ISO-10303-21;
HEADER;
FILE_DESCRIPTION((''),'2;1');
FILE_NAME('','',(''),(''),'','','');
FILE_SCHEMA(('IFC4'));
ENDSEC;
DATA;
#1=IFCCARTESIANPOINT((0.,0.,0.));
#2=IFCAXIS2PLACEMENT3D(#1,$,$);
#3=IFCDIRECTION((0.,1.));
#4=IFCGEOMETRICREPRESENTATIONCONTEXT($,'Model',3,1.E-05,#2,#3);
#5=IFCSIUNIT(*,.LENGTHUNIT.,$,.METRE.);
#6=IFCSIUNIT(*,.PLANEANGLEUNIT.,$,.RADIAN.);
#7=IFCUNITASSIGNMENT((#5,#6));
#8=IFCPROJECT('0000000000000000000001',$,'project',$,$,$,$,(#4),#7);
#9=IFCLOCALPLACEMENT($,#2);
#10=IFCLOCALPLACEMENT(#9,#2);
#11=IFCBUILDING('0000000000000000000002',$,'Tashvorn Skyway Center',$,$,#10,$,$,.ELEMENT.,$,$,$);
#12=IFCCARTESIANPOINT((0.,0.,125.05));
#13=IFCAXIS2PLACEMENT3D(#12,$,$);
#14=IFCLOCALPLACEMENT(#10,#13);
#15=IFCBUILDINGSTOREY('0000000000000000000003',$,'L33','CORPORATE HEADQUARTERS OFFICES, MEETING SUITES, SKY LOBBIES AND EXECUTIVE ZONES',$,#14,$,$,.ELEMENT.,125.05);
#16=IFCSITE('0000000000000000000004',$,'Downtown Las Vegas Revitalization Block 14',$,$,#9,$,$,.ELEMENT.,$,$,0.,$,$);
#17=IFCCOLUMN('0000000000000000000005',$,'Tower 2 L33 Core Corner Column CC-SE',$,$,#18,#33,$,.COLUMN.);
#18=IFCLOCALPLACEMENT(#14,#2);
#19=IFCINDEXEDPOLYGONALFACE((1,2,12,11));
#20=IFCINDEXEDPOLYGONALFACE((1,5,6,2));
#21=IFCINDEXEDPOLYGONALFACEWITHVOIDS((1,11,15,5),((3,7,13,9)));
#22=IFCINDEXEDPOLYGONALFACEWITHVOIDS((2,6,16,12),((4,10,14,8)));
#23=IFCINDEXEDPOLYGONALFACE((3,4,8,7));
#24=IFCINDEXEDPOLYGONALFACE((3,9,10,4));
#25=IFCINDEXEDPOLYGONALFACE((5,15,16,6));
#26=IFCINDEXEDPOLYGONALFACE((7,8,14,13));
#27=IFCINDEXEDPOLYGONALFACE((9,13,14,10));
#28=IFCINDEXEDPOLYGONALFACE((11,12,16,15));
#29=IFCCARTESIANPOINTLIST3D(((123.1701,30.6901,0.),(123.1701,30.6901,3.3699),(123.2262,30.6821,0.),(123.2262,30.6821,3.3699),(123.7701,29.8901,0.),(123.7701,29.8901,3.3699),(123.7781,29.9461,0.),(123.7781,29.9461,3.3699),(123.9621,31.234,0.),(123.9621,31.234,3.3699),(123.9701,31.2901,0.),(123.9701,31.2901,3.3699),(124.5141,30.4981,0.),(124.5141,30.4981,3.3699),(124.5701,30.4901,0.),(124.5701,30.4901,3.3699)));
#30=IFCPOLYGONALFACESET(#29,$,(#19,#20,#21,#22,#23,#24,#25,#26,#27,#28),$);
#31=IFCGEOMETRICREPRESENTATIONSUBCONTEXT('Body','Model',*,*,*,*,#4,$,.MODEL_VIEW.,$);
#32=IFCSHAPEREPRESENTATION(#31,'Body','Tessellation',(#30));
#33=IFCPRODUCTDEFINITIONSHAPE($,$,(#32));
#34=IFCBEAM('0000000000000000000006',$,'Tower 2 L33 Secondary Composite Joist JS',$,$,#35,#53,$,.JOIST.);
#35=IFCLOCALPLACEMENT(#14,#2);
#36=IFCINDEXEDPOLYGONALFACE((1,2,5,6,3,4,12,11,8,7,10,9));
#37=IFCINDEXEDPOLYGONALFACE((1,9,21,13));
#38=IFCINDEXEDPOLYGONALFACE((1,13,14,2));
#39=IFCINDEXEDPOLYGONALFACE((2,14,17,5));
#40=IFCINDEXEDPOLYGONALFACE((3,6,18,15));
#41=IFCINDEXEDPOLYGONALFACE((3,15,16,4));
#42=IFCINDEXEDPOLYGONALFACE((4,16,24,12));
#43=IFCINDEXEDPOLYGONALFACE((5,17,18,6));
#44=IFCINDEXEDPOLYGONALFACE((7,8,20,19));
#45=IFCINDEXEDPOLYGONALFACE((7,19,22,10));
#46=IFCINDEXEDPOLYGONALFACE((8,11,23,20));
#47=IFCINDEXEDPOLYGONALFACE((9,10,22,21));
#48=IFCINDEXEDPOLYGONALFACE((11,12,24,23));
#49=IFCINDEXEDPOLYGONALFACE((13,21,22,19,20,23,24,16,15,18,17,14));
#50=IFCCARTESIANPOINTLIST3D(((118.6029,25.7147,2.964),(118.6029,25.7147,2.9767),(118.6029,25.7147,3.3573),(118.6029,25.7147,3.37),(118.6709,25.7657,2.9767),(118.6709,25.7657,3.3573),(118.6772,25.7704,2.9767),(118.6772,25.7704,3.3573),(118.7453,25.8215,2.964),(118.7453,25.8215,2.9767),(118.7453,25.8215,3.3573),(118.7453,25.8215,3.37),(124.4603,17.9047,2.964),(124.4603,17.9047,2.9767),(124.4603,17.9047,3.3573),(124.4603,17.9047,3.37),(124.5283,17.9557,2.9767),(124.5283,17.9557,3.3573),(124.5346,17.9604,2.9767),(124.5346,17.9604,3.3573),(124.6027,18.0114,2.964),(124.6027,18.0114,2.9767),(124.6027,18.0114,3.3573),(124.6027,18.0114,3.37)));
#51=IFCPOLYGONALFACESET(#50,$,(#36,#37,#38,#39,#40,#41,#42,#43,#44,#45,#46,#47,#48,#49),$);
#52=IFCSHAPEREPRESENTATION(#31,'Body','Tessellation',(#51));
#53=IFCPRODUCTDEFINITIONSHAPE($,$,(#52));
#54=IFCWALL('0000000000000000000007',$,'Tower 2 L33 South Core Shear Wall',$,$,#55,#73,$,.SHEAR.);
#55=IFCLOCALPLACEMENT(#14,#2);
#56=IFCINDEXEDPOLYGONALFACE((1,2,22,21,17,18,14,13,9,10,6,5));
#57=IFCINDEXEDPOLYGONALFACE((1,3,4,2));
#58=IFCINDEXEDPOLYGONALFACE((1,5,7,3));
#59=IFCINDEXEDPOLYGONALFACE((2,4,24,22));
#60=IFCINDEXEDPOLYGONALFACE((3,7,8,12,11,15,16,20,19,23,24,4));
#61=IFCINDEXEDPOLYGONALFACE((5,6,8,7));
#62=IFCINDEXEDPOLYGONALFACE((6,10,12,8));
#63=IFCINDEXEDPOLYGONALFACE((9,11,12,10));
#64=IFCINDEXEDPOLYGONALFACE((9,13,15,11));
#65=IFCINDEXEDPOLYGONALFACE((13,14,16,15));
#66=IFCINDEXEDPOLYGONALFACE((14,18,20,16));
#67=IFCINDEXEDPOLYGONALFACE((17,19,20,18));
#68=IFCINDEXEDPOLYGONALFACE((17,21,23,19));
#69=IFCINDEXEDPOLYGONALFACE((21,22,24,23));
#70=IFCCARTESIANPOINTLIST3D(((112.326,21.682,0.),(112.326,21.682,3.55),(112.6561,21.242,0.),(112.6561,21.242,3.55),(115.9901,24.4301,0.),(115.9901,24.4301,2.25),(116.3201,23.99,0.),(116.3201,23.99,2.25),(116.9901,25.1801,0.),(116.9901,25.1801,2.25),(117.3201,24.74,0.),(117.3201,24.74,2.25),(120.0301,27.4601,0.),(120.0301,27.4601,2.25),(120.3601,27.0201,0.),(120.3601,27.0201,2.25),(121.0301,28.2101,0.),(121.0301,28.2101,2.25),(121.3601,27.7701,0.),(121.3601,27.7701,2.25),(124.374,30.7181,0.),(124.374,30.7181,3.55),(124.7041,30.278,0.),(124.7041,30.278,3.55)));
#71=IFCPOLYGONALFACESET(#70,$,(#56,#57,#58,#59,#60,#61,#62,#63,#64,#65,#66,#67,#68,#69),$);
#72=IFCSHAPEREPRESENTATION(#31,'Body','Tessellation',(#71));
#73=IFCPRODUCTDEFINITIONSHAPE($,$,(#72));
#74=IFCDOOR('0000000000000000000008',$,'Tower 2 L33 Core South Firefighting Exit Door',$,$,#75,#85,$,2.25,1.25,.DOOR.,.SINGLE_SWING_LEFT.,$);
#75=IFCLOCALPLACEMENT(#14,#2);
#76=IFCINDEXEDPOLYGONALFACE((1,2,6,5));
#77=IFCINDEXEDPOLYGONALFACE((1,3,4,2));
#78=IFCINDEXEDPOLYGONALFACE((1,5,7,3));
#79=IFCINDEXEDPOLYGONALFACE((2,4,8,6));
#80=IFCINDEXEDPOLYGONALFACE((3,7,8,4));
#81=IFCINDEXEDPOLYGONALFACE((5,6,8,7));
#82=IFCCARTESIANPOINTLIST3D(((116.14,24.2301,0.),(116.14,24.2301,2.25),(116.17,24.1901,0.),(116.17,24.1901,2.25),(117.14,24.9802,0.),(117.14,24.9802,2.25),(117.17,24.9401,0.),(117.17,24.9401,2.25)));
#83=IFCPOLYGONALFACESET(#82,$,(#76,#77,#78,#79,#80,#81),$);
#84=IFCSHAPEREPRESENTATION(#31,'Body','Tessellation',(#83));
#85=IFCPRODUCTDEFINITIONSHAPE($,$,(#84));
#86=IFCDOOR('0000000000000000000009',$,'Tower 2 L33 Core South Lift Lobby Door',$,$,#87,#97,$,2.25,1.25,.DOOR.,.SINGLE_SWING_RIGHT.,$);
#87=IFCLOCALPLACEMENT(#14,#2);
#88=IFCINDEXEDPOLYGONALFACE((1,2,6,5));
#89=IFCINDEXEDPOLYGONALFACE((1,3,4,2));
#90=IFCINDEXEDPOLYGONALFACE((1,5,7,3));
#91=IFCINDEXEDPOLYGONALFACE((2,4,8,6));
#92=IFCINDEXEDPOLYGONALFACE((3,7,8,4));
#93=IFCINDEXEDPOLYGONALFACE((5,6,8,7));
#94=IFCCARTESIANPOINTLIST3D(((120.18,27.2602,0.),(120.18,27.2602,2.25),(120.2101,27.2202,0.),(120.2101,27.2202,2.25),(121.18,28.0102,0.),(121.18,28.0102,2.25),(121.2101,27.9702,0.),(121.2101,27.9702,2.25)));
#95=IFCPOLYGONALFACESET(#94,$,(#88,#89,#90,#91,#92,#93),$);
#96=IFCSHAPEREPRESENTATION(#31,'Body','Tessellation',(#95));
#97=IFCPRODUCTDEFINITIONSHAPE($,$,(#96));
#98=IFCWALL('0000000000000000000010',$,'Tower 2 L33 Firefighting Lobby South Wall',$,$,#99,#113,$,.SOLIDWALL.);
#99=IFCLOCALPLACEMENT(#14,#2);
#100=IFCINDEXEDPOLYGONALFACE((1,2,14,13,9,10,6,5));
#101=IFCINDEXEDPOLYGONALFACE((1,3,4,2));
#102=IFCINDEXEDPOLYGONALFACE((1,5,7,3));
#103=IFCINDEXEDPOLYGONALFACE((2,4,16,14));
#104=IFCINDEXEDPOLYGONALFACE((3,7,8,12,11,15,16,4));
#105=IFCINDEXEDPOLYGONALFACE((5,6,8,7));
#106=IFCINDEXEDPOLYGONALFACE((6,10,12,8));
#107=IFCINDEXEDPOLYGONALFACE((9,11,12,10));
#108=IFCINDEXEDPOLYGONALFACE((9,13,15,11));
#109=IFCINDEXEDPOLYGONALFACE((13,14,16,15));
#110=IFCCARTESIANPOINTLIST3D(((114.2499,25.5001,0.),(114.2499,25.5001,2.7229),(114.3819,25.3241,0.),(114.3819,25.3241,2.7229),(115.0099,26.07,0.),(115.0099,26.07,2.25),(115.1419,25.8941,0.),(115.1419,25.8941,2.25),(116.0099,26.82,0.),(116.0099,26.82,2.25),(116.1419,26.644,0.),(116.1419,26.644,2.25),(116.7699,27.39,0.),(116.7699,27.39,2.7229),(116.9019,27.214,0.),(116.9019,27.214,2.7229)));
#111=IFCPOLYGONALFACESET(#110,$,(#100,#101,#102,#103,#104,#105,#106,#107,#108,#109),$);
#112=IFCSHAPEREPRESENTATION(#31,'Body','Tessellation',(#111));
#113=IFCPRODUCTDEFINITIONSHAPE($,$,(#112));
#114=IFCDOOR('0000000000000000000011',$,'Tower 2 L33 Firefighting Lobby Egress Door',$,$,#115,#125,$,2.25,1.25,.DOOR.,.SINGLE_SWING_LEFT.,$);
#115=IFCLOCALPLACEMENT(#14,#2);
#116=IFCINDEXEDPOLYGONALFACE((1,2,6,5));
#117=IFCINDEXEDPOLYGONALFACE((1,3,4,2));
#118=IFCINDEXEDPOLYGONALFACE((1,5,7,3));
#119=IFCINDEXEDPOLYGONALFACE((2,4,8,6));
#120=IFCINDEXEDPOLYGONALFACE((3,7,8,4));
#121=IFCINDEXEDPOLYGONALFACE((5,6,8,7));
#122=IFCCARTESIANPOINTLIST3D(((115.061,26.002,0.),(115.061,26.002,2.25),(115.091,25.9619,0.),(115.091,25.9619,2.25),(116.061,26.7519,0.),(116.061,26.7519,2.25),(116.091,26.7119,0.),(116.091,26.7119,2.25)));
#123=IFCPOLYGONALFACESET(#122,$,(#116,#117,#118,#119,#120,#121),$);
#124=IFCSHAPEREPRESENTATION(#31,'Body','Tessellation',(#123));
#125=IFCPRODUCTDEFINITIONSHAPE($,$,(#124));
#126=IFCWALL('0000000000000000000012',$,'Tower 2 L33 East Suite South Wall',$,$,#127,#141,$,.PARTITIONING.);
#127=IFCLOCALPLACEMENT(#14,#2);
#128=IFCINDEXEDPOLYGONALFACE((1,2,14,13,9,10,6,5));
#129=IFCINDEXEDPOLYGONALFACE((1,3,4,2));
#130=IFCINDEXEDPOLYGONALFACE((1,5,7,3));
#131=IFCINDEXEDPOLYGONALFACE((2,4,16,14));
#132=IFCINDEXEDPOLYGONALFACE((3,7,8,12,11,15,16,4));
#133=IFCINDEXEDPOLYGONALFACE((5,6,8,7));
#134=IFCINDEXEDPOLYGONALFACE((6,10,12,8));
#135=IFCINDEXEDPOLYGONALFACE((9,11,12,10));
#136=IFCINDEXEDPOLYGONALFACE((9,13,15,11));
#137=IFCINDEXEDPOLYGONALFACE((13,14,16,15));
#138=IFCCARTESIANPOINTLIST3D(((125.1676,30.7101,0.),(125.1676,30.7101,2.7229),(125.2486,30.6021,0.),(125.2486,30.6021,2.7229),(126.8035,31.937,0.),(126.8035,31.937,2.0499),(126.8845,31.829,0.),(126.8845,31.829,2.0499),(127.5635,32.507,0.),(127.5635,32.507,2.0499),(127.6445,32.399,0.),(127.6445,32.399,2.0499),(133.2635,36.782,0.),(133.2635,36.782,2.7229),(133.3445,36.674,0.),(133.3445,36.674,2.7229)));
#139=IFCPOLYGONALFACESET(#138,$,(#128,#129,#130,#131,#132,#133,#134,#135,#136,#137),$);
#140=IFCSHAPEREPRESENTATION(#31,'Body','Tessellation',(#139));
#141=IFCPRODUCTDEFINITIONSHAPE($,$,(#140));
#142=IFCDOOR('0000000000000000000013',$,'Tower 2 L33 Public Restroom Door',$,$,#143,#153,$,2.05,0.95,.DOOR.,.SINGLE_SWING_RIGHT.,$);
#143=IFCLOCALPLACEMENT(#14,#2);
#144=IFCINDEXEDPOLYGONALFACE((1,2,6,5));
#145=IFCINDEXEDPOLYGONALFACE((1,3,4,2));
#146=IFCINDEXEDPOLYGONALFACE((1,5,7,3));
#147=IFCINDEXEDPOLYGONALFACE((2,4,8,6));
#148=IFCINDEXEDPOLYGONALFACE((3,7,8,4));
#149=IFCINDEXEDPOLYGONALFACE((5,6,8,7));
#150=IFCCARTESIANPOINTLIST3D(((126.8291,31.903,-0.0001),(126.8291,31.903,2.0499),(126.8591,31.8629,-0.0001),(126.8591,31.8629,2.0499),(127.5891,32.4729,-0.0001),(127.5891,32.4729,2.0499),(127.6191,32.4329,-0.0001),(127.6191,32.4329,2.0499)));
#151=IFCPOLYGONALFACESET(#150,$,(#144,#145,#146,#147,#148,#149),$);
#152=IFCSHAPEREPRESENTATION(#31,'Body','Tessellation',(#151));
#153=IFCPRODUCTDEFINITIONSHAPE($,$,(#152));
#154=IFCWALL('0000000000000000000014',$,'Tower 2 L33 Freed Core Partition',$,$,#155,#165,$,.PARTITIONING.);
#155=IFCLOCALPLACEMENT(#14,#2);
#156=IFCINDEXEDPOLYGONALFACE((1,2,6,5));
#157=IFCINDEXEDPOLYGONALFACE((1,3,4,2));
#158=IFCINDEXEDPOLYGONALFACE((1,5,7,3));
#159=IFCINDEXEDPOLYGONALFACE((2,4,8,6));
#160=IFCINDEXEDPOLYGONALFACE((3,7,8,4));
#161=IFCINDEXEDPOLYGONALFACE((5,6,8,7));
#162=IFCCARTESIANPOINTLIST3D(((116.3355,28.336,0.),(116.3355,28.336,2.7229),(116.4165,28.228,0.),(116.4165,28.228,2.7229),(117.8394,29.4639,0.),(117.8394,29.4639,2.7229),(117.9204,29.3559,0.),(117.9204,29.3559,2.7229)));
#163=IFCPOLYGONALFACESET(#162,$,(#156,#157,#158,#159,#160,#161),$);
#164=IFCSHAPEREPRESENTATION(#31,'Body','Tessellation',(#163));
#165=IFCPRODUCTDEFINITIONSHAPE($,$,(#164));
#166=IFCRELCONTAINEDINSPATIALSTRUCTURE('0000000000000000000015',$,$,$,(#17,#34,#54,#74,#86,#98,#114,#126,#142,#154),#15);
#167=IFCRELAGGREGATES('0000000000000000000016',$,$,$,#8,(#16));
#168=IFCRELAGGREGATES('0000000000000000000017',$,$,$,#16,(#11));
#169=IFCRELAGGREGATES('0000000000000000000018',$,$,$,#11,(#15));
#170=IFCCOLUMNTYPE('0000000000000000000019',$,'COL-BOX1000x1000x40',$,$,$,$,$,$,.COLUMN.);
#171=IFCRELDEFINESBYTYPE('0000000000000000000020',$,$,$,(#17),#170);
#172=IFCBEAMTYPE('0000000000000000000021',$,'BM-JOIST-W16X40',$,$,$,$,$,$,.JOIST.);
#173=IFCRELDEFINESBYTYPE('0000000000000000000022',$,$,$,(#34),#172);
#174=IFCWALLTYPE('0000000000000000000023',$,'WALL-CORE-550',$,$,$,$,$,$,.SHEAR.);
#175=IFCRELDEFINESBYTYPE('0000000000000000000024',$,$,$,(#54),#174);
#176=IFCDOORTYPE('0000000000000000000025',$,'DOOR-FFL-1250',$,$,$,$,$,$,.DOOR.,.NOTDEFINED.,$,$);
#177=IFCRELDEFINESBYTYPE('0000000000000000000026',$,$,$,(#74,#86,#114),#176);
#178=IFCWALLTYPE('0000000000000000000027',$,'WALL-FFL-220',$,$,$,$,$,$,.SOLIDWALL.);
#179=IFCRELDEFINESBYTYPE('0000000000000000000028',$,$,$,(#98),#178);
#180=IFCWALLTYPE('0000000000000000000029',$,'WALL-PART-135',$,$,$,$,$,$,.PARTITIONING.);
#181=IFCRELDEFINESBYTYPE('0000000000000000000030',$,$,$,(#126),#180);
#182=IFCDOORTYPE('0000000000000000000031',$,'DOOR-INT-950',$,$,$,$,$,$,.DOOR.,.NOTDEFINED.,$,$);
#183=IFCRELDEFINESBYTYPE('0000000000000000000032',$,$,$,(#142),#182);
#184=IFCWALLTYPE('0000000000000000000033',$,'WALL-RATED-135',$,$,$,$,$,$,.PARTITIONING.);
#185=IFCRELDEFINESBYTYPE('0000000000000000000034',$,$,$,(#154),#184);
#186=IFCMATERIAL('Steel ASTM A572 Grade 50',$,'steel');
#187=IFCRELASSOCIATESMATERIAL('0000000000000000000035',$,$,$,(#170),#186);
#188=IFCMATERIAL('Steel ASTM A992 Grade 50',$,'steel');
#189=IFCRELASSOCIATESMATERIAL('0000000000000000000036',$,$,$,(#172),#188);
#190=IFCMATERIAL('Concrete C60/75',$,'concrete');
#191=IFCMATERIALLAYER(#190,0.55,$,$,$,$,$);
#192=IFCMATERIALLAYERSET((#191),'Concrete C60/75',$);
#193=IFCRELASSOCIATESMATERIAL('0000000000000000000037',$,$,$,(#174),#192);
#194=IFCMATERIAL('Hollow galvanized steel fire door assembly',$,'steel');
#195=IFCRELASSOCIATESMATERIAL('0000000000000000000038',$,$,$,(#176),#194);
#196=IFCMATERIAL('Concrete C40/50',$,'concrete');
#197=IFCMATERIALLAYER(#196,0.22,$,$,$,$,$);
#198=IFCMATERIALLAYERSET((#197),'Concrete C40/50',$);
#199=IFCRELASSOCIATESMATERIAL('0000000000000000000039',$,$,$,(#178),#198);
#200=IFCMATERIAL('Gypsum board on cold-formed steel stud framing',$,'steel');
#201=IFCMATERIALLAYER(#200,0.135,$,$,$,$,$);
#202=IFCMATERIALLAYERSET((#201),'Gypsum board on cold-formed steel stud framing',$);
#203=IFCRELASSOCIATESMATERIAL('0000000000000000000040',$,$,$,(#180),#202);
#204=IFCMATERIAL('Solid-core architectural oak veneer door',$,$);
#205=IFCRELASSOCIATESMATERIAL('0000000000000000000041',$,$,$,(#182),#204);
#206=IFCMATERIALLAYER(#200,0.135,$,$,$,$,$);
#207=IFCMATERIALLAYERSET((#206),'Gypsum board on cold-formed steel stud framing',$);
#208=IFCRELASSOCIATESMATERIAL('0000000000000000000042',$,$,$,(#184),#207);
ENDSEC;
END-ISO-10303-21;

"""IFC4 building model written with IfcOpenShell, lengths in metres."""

from ifc_helpers import new_model, si_unit, direction, frame, frame_2d, origin, origin_2d, place, context, subcontext, project, spatial, rectangle, hollow_rectangle, i_section, extrude, material, layer, layer_set, material_profile, profile_set, type_object, element, fill, save


model = new_model("IFC4")

# Units and contexts
model_context = context("Model", 3, precision=1e-05, world=origin(), true_north=direction((0.0, 1.0)))
body_context = subcontext(model_context, "Body", "Model", "MODEL_VIEW")
ifc_project = project(units=[si_unit("LENGTHUNIT", "METRE"), si_unit("PLANEANGLEUNIT", "RADIAN")], contexts=[model_context])

# Site, building, storey
site_placement = place(None, origin())
site = spatial("IfcSite", under=ifc_project, at=site_placement, Name="Downtown Las Vegas Revitalization Block 14", CompositionType="ELEMENT", RefElevation=0.0)
building_placement = place(site_placement, origin())
building = spatial("IfcBuilding", under=site, at=building_placement, Name="Tashvorn Skyway Center", CompositionType="ELEMENT")
storey_placement = place(building_placement, frame((0.0, 0.0, 125.05)))
storey = spatial("IfcBuildingStorey", under=building, at=storey_placement, Name="L33", Description="CORPORATE HEADQUARTERS OFFICES, MEETING SUITES, SKY LOBBIES AND EXECUTIVE ZONES", CompositionType="ELEMENT", Elevation=125.05)

# Column
ifc_material_1 = material(Name="Steel ASTM A572 Grade 50", Category="steel")
ifc_material_profile_1 = material_profile(ifc_material_1, hollow_rectangle(XDim=1.0, YDim=1.0, WallThickness=0.04, at=origin_2d()), Name="BOX1000x1000x40")
ifc_profile_set_1 = profile_set([ifc_material_profile_1], Name="Steel ASTM A572 Grade 50")
column_type = type_object("IfcColumnType", Name="COL-BOX1000x1000x40", PredefinedType="COLUMN", material=ifc_profile_set_1)
column_placement = place(storey_placement, frame((123.8701, 30.5901, 0.0), z_axis=(0.0, 0.0, 1.0), x_axis=(0.8, 0.6, 0.0)))
element("IfcColumn", 1, at=column_placement, inside=storey, type_object=column_type, Name="Tower 2 L33 Core Corner Column CC-SE", PredefinedType="COLUMN", context=body_context, shape_type="SweptSolid", body=[
    extrude(hollow_rectangle(XDim=1.0, YDim=1.0, WallThickness=0.04, at=origin_2d()), origin(), (0.0, 0.0, 1.0), 3.3699),
])

# Beam
ifc_material_2 = material(Name="Steel ASTM A992 Grade 50", Category="steel")
ifc_material_profile_2 = material_profile(ifc_material_2, i_section(OverallWidth=0.178, OverallDepth=0.406, WebThickness=0.0078, FlangeThickness=0.0127, at=origin_2d()), Name="W16X40")
ifc_profile_set_2 = profile_set([ifc_material_profile_2], Name="Steel ASTM A992 Grade 50")
beam_type = type_object("IfcBeamType", Name="BM-JOIST-W16X40", PredefinedType="JOIST", material=ifc_profile_set_2)
beam_placement = place(storey_placement, frame((118.6741, 25.7681, 3.167), z_axis=(0.599992, -0.800006, 0.0), x_axis=(0.800006, 0.599992, 0.0)))
element("IfcBeam", 2, at=beam_placement, inside=storey, type_object=beam_type, Name="Tower 2 L33 Secondary Composite Joist JS", PredefinedType="JOIST", context=body_context, shape_type="SweptSolid", body=[
    extrude(i_section(OverallWidth=0.178, OverallDepth=0.406, WebThickness=0.0078, FlangeThickness=0.0127, at=origin_2d()), origin(), (0.0, 0.0, 1.0), 9.7625),
])

# Wall, openings, doors
ifc_material_3 = material(Name="Concrete C60/75", Category="concrete")
ifc_layer_1 = layer(ifc_material_3, 0.55)
ifc_layer_set_1 = layer_set([ifc_layer_1], Name="Concrete C60/75")
wall_type_1 = type_object("IfcWallType", Name="WALL-CORE-550", PredefinedType="SHEAR", material=ifc_layer_set_1)
wall_1_placement = place(storey_placement, frame((124.5391, 30.498, 0.0), z_axis=(0.0, 0.0, 1.0), x_axis=(-0.799998, -0.600003, 0.0)))
wall_1 = element("IfcWall", 3, at=wall_1_placement, inside=storey, type_object=wall_type_1, Name="Tower 2 L33 South Core Shear Wall", PredefinedType="SHEAR", context=body_context, shape_type="SweptSolid", body=[
    extrude(rectangle(XDim=15.0601, YDim=0.55, at=frame_2d((7.53, 0.0))), origin(), (0.0, 0.0, 1.0), 3.55),
])
opening_1_placement = place(wall_1_placement, frame((9.23, 0.0, 0.0)))
opening_1 = element("IfcOpeningElement", 4, at=opening_1_placement, cuts=wall_1, PredefinedType="OPENING", context=body_context, shape_type="SweptSolid", body=[
    extrude(rectangle(XDim=1.25, YDim=2.25, at=frame_2d((0.625, 1.125))), frame((0.0, 0.2849, 0.0), z_axis=(0.0, -1.0, 0.0), x_axis=(1.0, 0.0, 0.0)), (0.0, 0.0, 1.0), 0.5701),
])
opening_2_placement = place(wall_1_placement, frame((4.1799, 0.0, 0.0)))
opening_2 = element("IfcOpeningElement", 5, at=opening_2_placement, cuts=wall_1, PredefinedType="OPENING", context=body_context, shape_type="SweptSolid", body=[
    extrude(rectangle(XDim=1.25, YDim=2.25, at=frame_2d((0.625, 1.125))), frame((0.0, 0.2849, 0.0), z_axis=(0.0, -1.0, 0.0), x_axis=(1.0, 0.0, 0.0)), (0.0, 0.0, 1.0), 0.5701),
])
ifc_material_4 = material(Name="Hollow galvanized steel fire door assembly", Category="steel")
door_type_1 = type_object("IfcDoorType", Name="DOOR-FFL-1250", OperationType="NOTDEFINED", PredefinedType="DOOR", material=ifc_material_4)
door_1_placement = place(opening_1_placement, origin())
door_1 = element("IfcDoor", 6, at=door_1_placement, inside=storey, type_object=door_type_1, Name="Tower 2 L33 Core South Firefighting Exit Door", OperationType="SINGLE_SWING_LEFT", OverallHeight=2.25, OverallWidth=1.25, PredefinedType="DOOR", context=body_context, shape_type="SweptSolid", body=[
    extrude(rectangle(XDim=1.25, YDim=2.25, at=frame_2d((0.625, 1.125))), frame((0.0, 0.0249, 0.0), z_axis=(0.0, -1.0, 0.0), x_axis=(1.0, 0.0, 0.0)), (0.0, 0.0, 1.0), 0.05),
])
fill(opening_1, door_1)
door_2_placement = place(opening_2_placement, origin())
door_2 = element("IfcDoor", 7, at=door_2_placement, inside=storey, type_object=door_type_1, Name="Tower 2 L33 Core South Lift Lobby Door", OperationType="SINGLE_SWING_RIGHT", OverallHeight=2.25, OverallWidth=1.25, PredefinedType="DOOR", context=body_context, shape_type="SweptSolid", body=[
    extrude(rectangle(XDim=1.25, YDim=2.25, at=frame_2d((0.625, 1.125))), frame((0.0, 0.0249, 0.0), z_axis=(0.0, -1.0, 0.0), x_axis=(1.0, 0.0, 0.0)), (0.0, 0.0, 1.0), 0.05),
])
fill(opening_2, door_2)

# Walls, openings, doors
ifc_material_5 = material(Name="Concrete C40/50", Category="concrete")
ifc_layer_2 = layer(ifc_material_5, 0.22)
ifc_layer_set_2 = layer_set([ifc_layer_2], Name="Concrete C40/50")
wall_type_2 = type_object("IfcWallType", Name="WALL-FFL-220", PredefinedType="SOLIDWALL", material=ifc_layer_set_2)
wall_2_placement = place(storey_placement, frame((114.3159, 25.4121, 0.0), z_axis=(0.0, 0.0, 1.0), x_axis=(0.800019, 0.599975, 0.0)))
wall_2 = element("IfcWall", 8, at=wall_2_placement, inside=storey, type_object=wall_type_2, Name="Tower 2 L33 Firefighting Lobby South Wall", PredefinedType="SOLIDWALL", context=body_context, shape_type="SweptSolid", body=[
    extrude(rectangle(XDim=3.1499, YDim=0.22, at=frame_2d((1.575, 0.0))), origin(), (0.0, 0.0, 1.0), 2.7229),
])
opening_3_placement = place(wall_2_placement, frame((0.95, 0.0, 0.0)))
opening_3 = element("IfcOpeningElement", 9, at=opening_3_placement, cuts=wall_2, PredefinedType="OPENING", context=body_context, shape_type="SweptSolid", body=[
    extrude(rectangle(XDim=1.25, YDim=2.25, at=frame_2d((0.625, 1.125))), frame((0.0, 0.1199, 0.0), z_axis=(0.0, -1.0, 0.0), x_axis=(1.0, 0.0, 0.0)), (0.0, 0.0, 1.0), 0.24),
])
door_3_placement = place(opening_3_placement, origin())
door_3 = element("IfcDoor", 10, at=door_3_placement, inside=storey, type_object=door_type_1, Name="Tower 2 L33 Firefighting Lobby Egress Door", OperationType="SINGLE_SWING_LEFT", OverallHeight=2.25, OverallWidth=1.25, PredefinedType="DOOR", context=body_context, shape_type="SweptSolid", body=[
    extrude(rectangle(XDim=1.25, YDim=2.25, at=frame_2d((0.625, 1.125))), frame((0.0, 0.0249, 0.0), z_axis=(0.0, -1.0, 0.0), x_axis=(1.0, 0.0, 0.0)), (0.0, 0.0, 1.0), 0.05),
])
fill(opening_3, door_3)
ifc_material_6 = material(Name="Gypsum board on cold-formed steel stud framing", Category="steel")
ifc_layer_3 = layer(ifc_material_6, 0.135)
ifc_layer_set_3 = layer_set([ifc_layer_3], Name="Gypsum board on cold-formed steel stud framing")
wall_type_3 = type_object("IfcWallType", Name="WALL-PART-135", PredefinedType="PARTITIONING", material=ifc_layer_set_3)
wall_3_placement = place(storey_placement, frame((125.208, 30.656, 0.0), z_axis=(0.0, 0.0, 1.0), x_axis=(0.799997, 0.600004, 0.0)))
wall_3 = element("IfcWall", 11, at=wall_3_placement, inside=storey, type_object=wall_type_3, Name="Tower 2 L33 East Suite South Wall", PredefinedType="PARTITIONING", context=body_context, shape_type="SweptSolid", body=[
    extrude(rectangle(XDim=10.1199, YDim=0.135, at=frame_2d((5.0601, 0.0))), origin(), (0.0, 0.0, 1.0), 2.7229),
])
opening_4_placement = place(wall_3_placement, frame((2.0449, 0.0, 0.0)))
opening_4 = element("IfcOpeningElement", 12, at=opening_4_placement, cuts=wall_3, PredefinedType="OPENING", context=body_context, shape_type="SweptSolid", body=[
    extrude(rectangle(XDim=0.95, YDim=2.05, at=frame_2d((0.4751, 1.0249))), frame((0.0, 0.0774, 0.0), z_axis=(0.0, -1.0, 0.0), x_axis=(1.0, 0.0, 0.0)), (0.0, 0.0, 1.0), 0.155),
])
ifc_material_7 = material(Name="Solid-core architectural oak veneer door")
door_type_2 = type_object("IfcDoorType", Name="DOOR-INT-950", OperationType="NOTDEFINED", PredefinedType="DOOR", material=ifc_material_7)
door_4_placement = place(opening_4_placement, origin())
door_4 = element("IfcDoor", 13, at=door_4_placement, inside=storey, type_object=door_type_2, Name="Tower 2 L33 Public Restroom Door", OperationType="SINGLE_SWING_RIGHT", OverallHeight=2.05, OverallWidth=0.95, PredefinedType="DOOR", context=body_context, shape_type="SweptSolid", body=[
    extrude(rectangle(XDim=0.95, YDim=2.05, at=frame_2d((0.4751, 1.0249))), frame((0.0, 0.0249, 0.0), z_axis=(0.0, -1.0, 0.0), x_axis=(1.0, 0.0, 0.0)), (0.0, 0.0, 1.0), 0.05),
])
fill(opening_4, door_4)

# Wall
ifc_layer_4 = layer(ifc_material_6, 0.135)
ifc_layer_set_4 = layer_set([ifc_layer_4], Name="Gypsum board on cold-formed steel stud framing")
wall_type_4 = type_object("IfcWallType", Name="WALL-RATED-135", PredefinedType="PARTITIONING", material=ifc_layer_set_4)
wall_4_placement = place(storey_placement, frame((116.376, 28.282, 0.0), z_axis=(0.0, 0.0, 1.0), x_axis=(0.8, 0.6, 0.0)))
element("IfcWall", 14, at=wall_4_placement, inside=storey, type_object=wall_type_4, Name="Tower 2 L33 Freed Core Partition", PredefinedType="PARTITIONING", context=body_context, shape_type="SweptSolid", body=[
    extrude(rectangle(XDim=1.8799, YDim=0.135, at=frame_2d((0.9399, 0.0))), origin(), (0.0, 0.0, 1.0), 2.7229),
])

save(model, "model.ifc")
